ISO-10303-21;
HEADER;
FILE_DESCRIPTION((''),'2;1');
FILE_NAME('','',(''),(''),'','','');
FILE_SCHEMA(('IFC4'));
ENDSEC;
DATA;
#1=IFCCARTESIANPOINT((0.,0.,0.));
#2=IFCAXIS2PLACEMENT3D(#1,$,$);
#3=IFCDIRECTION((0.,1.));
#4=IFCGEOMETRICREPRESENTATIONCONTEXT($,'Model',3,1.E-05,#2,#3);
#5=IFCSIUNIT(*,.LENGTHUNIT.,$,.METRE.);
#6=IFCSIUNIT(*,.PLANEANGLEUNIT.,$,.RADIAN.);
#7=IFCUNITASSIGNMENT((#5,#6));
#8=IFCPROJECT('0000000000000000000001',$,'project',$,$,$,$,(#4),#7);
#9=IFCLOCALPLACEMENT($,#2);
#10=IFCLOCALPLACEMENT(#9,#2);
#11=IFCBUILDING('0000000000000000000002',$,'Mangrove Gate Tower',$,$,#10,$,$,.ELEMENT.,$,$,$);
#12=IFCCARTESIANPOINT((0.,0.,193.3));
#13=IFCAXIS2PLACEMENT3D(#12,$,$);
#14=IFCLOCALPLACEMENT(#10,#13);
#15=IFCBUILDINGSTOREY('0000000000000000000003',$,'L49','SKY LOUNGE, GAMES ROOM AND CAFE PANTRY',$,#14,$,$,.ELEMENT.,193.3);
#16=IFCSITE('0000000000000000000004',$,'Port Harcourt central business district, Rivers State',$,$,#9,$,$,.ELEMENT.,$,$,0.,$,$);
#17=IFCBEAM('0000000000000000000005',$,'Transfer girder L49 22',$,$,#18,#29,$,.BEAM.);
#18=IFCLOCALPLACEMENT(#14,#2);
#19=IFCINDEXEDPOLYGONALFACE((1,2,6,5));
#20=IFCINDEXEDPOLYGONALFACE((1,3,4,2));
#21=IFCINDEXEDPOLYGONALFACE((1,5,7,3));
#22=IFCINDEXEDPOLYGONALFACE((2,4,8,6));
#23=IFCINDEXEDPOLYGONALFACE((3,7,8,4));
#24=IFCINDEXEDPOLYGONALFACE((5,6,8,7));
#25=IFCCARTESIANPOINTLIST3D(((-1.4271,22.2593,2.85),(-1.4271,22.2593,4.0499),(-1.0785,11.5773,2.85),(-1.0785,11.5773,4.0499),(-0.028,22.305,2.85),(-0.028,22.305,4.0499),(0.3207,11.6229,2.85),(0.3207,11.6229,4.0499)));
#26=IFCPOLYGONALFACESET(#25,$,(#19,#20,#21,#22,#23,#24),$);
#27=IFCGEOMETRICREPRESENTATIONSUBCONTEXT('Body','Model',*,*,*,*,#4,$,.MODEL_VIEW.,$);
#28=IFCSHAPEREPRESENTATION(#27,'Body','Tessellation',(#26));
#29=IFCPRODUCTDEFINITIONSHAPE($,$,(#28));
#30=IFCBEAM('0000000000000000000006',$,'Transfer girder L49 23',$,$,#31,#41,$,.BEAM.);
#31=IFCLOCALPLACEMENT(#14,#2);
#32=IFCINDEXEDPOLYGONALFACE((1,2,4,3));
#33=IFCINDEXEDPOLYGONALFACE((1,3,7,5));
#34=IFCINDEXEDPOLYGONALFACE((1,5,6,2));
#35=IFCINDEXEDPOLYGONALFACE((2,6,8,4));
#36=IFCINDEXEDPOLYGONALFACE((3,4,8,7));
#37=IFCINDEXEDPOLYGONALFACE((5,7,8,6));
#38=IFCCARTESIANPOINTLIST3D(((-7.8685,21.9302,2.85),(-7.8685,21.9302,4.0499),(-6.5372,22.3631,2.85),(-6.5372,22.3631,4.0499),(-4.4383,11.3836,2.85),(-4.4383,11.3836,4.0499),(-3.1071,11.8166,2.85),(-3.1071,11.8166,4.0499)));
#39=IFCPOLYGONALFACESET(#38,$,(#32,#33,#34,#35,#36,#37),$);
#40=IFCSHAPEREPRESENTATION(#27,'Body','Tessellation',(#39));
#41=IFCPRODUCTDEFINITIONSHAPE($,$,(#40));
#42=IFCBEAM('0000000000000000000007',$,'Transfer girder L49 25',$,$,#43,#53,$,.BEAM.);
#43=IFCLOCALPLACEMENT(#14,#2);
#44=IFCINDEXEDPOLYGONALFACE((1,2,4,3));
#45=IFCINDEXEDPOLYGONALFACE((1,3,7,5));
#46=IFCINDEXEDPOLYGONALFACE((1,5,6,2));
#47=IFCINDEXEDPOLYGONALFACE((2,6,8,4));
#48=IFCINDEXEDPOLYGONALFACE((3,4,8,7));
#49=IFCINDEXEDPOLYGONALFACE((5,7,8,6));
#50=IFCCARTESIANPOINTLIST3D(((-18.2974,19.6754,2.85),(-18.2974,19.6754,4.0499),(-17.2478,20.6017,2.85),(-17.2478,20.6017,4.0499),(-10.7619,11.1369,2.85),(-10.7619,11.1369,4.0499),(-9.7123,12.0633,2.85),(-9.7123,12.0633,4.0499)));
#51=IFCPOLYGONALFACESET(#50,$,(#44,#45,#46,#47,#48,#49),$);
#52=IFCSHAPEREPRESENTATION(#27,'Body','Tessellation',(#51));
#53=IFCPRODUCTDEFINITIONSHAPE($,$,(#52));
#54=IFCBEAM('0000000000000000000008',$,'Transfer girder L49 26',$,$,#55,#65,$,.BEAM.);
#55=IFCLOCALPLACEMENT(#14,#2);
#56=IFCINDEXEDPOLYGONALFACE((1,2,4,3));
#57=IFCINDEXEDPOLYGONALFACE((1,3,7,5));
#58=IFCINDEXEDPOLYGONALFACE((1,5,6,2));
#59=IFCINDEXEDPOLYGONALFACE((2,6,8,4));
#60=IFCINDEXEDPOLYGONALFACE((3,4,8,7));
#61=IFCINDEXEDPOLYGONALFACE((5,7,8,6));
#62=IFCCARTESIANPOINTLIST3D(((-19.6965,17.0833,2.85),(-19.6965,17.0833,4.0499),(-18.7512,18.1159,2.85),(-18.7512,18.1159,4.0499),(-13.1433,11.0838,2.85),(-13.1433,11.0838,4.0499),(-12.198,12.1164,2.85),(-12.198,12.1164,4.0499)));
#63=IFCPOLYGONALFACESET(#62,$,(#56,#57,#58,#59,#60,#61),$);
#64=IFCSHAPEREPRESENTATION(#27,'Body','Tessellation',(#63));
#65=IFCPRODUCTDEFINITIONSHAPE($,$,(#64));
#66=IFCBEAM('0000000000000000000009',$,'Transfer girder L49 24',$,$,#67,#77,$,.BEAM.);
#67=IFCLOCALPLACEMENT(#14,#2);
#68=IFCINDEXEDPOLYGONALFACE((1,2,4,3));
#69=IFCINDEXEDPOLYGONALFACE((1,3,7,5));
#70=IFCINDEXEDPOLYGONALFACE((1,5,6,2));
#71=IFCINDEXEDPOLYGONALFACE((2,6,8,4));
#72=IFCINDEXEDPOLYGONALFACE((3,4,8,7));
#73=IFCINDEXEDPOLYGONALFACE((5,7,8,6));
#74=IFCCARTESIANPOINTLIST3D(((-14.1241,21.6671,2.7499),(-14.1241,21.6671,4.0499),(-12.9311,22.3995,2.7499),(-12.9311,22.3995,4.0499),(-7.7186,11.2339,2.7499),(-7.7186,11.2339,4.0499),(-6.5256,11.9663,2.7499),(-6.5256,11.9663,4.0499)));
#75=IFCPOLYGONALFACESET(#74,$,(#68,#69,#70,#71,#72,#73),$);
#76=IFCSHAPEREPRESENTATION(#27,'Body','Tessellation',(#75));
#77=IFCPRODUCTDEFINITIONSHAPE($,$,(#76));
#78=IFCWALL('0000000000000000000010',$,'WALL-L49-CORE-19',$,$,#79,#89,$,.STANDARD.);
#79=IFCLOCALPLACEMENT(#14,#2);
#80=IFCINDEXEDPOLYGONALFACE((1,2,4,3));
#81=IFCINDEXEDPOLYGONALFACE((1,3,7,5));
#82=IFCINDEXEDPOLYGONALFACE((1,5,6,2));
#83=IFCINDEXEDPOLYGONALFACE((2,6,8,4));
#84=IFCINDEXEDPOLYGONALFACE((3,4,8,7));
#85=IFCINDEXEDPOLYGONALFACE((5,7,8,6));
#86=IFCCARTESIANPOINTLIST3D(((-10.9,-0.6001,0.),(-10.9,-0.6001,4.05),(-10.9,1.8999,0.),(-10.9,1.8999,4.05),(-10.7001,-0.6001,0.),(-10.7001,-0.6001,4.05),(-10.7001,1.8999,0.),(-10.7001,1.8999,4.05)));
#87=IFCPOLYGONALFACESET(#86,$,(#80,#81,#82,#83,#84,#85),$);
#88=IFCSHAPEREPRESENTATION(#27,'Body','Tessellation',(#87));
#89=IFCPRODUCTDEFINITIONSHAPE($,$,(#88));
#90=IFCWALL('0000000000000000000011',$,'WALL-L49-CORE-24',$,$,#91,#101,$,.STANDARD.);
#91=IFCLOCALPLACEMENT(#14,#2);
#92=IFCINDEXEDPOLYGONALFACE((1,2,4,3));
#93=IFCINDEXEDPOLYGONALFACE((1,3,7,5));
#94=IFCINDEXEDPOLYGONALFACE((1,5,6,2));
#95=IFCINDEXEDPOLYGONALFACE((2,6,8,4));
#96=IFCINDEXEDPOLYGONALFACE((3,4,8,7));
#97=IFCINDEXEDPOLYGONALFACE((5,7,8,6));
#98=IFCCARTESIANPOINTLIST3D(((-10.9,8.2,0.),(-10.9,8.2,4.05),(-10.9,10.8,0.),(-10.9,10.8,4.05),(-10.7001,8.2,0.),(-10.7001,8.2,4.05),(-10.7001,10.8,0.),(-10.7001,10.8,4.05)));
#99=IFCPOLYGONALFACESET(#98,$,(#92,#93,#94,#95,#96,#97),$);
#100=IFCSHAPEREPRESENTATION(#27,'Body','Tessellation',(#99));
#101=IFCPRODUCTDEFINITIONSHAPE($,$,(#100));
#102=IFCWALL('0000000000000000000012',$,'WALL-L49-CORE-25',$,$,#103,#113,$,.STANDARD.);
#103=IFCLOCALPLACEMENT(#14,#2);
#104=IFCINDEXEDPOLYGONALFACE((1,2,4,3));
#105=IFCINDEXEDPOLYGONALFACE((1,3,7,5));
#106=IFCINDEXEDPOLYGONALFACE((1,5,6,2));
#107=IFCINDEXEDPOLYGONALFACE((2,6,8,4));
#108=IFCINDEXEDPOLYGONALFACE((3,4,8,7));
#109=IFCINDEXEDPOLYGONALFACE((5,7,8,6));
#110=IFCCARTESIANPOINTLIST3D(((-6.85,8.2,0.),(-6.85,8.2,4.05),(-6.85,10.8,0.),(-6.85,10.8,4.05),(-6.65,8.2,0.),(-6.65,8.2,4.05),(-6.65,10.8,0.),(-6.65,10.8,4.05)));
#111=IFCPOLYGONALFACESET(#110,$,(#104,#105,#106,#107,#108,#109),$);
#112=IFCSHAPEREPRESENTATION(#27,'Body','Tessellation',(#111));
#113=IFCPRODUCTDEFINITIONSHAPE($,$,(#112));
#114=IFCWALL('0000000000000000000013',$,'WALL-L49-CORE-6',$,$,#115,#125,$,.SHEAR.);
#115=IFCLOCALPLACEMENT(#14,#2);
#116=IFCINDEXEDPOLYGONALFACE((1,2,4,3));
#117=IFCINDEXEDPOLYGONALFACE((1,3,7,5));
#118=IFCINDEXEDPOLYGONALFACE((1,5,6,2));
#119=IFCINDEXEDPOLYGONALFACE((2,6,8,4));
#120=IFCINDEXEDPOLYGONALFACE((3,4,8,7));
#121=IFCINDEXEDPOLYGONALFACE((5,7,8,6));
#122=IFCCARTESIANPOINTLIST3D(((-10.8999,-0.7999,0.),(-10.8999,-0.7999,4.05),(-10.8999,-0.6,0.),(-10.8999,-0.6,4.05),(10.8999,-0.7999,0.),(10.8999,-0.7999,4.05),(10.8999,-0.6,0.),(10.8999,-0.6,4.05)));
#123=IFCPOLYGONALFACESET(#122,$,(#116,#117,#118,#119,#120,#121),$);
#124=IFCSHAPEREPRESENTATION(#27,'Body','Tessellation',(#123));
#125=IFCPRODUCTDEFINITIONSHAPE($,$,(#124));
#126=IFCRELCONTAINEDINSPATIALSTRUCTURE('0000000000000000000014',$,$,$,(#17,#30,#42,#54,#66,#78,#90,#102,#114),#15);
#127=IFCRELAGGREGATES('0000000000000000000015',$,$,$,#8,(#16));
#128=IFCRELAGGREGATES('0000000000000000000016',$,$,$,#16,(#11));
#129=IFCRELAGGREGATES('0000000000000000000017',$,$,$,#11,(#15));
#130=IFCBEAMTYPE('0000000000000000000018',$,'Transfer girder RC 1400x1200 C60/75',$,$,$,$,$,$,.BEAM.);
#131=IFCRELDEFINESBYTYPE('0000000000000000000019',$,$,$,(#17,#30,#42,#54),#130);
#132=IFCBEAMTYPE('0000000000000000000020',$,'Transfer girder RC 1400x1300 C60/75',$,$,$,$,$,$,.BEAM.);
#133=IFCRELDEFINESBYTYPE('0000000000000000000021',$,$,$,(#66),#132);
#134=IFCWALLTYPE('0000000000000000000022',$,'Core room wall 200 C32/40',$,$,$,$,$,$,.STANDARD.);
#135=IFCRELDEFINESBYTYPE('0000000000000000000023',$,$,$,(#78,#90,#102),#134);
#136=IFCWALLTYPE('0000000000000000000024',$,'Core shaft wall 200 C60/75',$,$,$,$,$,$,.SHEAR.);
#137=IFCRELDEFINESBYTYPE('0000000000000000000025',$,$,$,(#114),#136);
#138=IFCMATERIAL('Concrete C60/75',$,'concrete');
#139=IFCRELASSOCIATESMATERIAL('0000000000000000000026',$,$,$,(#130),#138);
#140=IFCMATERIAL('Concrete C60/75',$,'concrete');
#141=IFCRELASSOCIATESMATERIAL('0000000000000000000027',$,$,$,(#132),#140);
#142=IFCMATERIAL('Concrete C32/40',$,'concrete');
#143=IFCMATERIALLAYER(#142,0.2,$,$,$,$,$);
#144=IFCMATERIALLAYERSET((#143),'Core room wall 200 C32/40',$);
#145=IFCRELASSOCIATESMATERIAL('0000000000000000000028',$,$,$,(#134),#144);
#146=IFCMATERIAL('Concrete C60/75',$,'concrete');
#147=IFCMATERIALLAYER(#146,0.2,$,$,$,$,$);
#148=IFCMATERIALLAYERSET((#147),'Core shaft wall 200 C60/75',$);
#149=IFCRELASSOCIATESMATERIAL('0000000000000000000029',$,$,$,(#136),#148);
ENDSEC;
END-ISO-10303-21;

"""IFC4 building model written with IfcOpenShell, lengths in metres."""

from ifc_helpers import new_model, si_unit, direction, frame, frame_2d, origin, origin_2d, place, context, subcontext, project, spatial, rectangle, extrude, material, layer, layer_set, material_profile, profile_set, type_object, element, save


model = new_model("IFC4")

# Units and contexts
model_context = context("Model", 3, precision=1e-05, world=origin(), true_north=direction((0.0, 1.0)))
body_context = subcontext(model_context, "Body", "Model", "MODEL_VIEW")
ifc_project = project(units=[si_unit("LENGTHUNIT", "METRE"), si_unit("PLANEANGLEUNIT", "RADIAN")], contexts=[model_context])

# Site, building, storey
site_placement = place(None, origin())
site = spatial("IfcSite", under=ifc_project, at=site_placement, Name="Port Harcourt central business district, Rivers State", CompositionType="ELEMENT", RefElevation=0.0)
building_placement = place(site_placement, origin())
building = spatial("IfcBuilding", under=site, at=building_placement, Name="Mangrove Gate Tower", CompositionType="ELEMENT")
storey_placement = place(building_placement, frame((0.0, 0.0, 193.3)))
storey = spatial("IfcBuildingStorey", under=building, at=storey_placement, Name="L49", Description="SKY LOUNGE, GAMES ROOM AND CAFE PANTRY", CompositionType="ELEMENT", Elevation=193.3)

# Beams
ifc_material_1 = material(Name="Concrete C60/75", Category="concrete")
ifc_material_profile_1 = material_profile(ifc_material_1, rectangle(XDim=1.3999, YDim=1.2, at=origin_2d()))
ifc_profile_set_1 = profile_set([ifc_material_profile_1], Name="Concrete C60/75")
beam_type_1 = type_object("IfcBeamType", Name="Transfer girder RC 1400x1200 C60/75", PredefinedType="BEAM", material=ifc_profile_set_1)
beam_1_placement = place(storey_placement, frame((-0.3789, 11.6001, 3.45), z_axis=(-0.03262, 0.999468, 0.0), x_axis=(-0.999468, -0.03262, 0.0)))
element("IfcBeam", 1, at=beam_1_placement, inside=storey, type_object=beam_type_1, Name="Transfer girder L49 22", PredefinedType="BEAM", context=body_context, shape_type="SweptSolid", body=[
    extrude(rectangle(XDim=1.3999, YDim=1.2, at=origin_2d()), origin(), (0.0, 0.0, 1.0), 10.6877),
])
beam_2_placement = place(storey_placement, frame((-3.7727, 11.6001, 3.45), z_axis=(-0.309292, 0.950967, 0.0), x_axis=(-0.950967, -0.309292, 0.0)))
element("IfcBeam", 2, at=beam_2_placement, inside=storey, type_object=beam_type_1, Name="Transfer girder L49 23", PredefinedType="BEAM", context=body_context, shape_type="SweptSolid", body=[
    extrude(rectangle(XDim=1.3999, YDim=1.2, at=origin_2d()), origin(), (0.0, 0.0, 1.0), 11.0903),
])
beam_3_placement = place(storey_placement, frame((-10.2371, 11.6001, 3.45), z_axis=(-0.661701, 0.749768, 0.0), x_axis=(-0.749768, -0.661701, 0.0)))
element("IfcBeam", 3, at=beam_3_placement, inside=storey, type_object=beam_type_1, Name="Transfer girder L49 25", PredefinedType="BEAM", context=body_context, shape_type="SweptSolid", body=[
    extrude(rectangle(XDim=1.3999, YDim=1.2, at=origin_2d()), origin(), (0.0, 0.0, 1.0), 11.3882),
])
beam_4_placement = place(storey_placement, frame((-12.6707, 11.6001, 3.45), z_axis=(-0.737581, 0.675259, 0.0), x_axis=(-0.675259, -0.737581, 0.0)))
element("IfcBeam", 4, at=beam_4_placement, inside=storey, type_object=beam_type_1, Name="Transfer girder L49 26", PredefinedType="BEAM", context=body_context, shape_type="SweptSolid", body=[
    extrude(rectangle(XDim=1.3999, YDim=1.2, at=origin_2d()), origin(), (0.0, 0.0, 1.0), 8.8848),
])
ifc_material_2 = material(Name="Concrete C60/75", Category="concrete")
ifc_material_profile_2 = material_profile(ifc_material_2, rectangle(XDim=1.3999, YDim=1.3, at=origin_2d()))
ifc_profile_set_2 = profile_set([ifc_material_profile_2], Name="Concrete C60/75")
beam_type_2 = type_object("IfcBeamType", Name="Transfer girder RC 1400x1300 C60/75", PredefinedType="BEAM", material=ifc_profile_set_2)
beam_5_placement = place(storey_placement, frame((-7.1221, 11.6001, 3.3999), z_axis=(-0.523217, 0.852199, 0.0), x_axis=(-0.852199, -0.523217, 0.0)))
element("IfcBeam", 5, at=beam_5_placement, inside=storey, type_object=beam_type_2, Name="Transfer girder L49 24", PredefinedType="BEAM", context=body_context, shape_type="SweptSolid", body=[
    extrude(rectangle(XDim=1.3999, YDim=1.3, at=origin_2d()), origin(), (0.0, 0.0, 1.0), 12.2427),
])

# Walls
ifc_material_3 = material(Name="Concrete C32/40", Category="concrete")
ifc_layer_1 = layer(ifc_material_3, 0.2)
ifc_layer_set_1 = layer_set([ifc_layer_1], Name="Core room wall 200 C32/40")
wall_type_1 = type_object("IfcWallType", Name="Core room wall 200 C32/40", PredefinedType="STANDARD", material=ifc_layer_set_1)
wall_1_placement = place(storey_placement, frame((-10.8, -0.6001, 0.0), z_axis=(0.0, 0.0, 1.0), x_axis=(0.0, 1.0, 0.0)))
element("IfcWall", 6, at=wall_1_placement, inside=storey, type_object=wall_type_1, Name="WALL-L49-CORE-19", PredefinedType="STANDARD", context=body_context, shape_type="SweptSolid", body=[
    extrude(rectangle(XDim=2.5, YDim=0.2, at=frame_2d((1.25, 0.0))), origin(), (0.0, 0.0, 1.0), 4.05),
])
for number, where, z_axis, x_axis, name in (
    (7, (-10.8, 8.2, 0.0), (0.0, 0.0, 1.0), (0.0, 1.0, 0.0), "WALL-L49-CORE-24"),
    (8, (-6.75, 8.2, 0.0), (0.0, 0.0, 1.0), (0.0, 1.0, 0.0), "WALL-L49-CORE-25"),
):
    element("IfcWall", number, at=place(storey_placement, frame(where, z_axis=z_axis, x_axis=x_axis)), inside=storey, type_object=wall_type_1, Name=name, PredefinedType="STANDARD", context=body_context, shape_type="SweptSolid", body=[
        extrude(rectangle(XDim=2.6001, YDim=0.2, at=frame_2d((1.3, 0.0))), origin(), (0.0, 0.0, 1.0), 4.05),
    ])
ifc_material_4 = material(Name="Concrete C60/75", Category="concrete")
ifc_layer_2 = layer(ifc_material_4, 0.2)
ifc_layer_set_2 = layer_set([ifc_layer_2], Name="Core shaft wall 200 C60/75")
wall_type_2 = type_object("IfcWallType", Name="Core shaft wall 200 C60/75", PredefinedType="SHEAR", material=ifc_layer_set_2)
wall_2_placement = place(storey_placement, frame((-10.8999, -0.7, 0.0), z_axis=(0.0, 0.0, 1.0), x_axis=(1.0, 0.0, 0.0)))
element("IfcWall", 9, at=wall_2_placement, inside=storey, type_object=wall_type_2, Name="WALL-L49-CORE-6", PredefinedType="SHEAR", context=body_context, shape_type="SweptSolid", body=[
    extrude(rectangle(XDim=21.7998, YDim=0.2, at=frame_2d((10.8999, 0.0))), origin(), (0.0, 0.0, 1.0), 4.05),
])

save(model, "model.ifc")
